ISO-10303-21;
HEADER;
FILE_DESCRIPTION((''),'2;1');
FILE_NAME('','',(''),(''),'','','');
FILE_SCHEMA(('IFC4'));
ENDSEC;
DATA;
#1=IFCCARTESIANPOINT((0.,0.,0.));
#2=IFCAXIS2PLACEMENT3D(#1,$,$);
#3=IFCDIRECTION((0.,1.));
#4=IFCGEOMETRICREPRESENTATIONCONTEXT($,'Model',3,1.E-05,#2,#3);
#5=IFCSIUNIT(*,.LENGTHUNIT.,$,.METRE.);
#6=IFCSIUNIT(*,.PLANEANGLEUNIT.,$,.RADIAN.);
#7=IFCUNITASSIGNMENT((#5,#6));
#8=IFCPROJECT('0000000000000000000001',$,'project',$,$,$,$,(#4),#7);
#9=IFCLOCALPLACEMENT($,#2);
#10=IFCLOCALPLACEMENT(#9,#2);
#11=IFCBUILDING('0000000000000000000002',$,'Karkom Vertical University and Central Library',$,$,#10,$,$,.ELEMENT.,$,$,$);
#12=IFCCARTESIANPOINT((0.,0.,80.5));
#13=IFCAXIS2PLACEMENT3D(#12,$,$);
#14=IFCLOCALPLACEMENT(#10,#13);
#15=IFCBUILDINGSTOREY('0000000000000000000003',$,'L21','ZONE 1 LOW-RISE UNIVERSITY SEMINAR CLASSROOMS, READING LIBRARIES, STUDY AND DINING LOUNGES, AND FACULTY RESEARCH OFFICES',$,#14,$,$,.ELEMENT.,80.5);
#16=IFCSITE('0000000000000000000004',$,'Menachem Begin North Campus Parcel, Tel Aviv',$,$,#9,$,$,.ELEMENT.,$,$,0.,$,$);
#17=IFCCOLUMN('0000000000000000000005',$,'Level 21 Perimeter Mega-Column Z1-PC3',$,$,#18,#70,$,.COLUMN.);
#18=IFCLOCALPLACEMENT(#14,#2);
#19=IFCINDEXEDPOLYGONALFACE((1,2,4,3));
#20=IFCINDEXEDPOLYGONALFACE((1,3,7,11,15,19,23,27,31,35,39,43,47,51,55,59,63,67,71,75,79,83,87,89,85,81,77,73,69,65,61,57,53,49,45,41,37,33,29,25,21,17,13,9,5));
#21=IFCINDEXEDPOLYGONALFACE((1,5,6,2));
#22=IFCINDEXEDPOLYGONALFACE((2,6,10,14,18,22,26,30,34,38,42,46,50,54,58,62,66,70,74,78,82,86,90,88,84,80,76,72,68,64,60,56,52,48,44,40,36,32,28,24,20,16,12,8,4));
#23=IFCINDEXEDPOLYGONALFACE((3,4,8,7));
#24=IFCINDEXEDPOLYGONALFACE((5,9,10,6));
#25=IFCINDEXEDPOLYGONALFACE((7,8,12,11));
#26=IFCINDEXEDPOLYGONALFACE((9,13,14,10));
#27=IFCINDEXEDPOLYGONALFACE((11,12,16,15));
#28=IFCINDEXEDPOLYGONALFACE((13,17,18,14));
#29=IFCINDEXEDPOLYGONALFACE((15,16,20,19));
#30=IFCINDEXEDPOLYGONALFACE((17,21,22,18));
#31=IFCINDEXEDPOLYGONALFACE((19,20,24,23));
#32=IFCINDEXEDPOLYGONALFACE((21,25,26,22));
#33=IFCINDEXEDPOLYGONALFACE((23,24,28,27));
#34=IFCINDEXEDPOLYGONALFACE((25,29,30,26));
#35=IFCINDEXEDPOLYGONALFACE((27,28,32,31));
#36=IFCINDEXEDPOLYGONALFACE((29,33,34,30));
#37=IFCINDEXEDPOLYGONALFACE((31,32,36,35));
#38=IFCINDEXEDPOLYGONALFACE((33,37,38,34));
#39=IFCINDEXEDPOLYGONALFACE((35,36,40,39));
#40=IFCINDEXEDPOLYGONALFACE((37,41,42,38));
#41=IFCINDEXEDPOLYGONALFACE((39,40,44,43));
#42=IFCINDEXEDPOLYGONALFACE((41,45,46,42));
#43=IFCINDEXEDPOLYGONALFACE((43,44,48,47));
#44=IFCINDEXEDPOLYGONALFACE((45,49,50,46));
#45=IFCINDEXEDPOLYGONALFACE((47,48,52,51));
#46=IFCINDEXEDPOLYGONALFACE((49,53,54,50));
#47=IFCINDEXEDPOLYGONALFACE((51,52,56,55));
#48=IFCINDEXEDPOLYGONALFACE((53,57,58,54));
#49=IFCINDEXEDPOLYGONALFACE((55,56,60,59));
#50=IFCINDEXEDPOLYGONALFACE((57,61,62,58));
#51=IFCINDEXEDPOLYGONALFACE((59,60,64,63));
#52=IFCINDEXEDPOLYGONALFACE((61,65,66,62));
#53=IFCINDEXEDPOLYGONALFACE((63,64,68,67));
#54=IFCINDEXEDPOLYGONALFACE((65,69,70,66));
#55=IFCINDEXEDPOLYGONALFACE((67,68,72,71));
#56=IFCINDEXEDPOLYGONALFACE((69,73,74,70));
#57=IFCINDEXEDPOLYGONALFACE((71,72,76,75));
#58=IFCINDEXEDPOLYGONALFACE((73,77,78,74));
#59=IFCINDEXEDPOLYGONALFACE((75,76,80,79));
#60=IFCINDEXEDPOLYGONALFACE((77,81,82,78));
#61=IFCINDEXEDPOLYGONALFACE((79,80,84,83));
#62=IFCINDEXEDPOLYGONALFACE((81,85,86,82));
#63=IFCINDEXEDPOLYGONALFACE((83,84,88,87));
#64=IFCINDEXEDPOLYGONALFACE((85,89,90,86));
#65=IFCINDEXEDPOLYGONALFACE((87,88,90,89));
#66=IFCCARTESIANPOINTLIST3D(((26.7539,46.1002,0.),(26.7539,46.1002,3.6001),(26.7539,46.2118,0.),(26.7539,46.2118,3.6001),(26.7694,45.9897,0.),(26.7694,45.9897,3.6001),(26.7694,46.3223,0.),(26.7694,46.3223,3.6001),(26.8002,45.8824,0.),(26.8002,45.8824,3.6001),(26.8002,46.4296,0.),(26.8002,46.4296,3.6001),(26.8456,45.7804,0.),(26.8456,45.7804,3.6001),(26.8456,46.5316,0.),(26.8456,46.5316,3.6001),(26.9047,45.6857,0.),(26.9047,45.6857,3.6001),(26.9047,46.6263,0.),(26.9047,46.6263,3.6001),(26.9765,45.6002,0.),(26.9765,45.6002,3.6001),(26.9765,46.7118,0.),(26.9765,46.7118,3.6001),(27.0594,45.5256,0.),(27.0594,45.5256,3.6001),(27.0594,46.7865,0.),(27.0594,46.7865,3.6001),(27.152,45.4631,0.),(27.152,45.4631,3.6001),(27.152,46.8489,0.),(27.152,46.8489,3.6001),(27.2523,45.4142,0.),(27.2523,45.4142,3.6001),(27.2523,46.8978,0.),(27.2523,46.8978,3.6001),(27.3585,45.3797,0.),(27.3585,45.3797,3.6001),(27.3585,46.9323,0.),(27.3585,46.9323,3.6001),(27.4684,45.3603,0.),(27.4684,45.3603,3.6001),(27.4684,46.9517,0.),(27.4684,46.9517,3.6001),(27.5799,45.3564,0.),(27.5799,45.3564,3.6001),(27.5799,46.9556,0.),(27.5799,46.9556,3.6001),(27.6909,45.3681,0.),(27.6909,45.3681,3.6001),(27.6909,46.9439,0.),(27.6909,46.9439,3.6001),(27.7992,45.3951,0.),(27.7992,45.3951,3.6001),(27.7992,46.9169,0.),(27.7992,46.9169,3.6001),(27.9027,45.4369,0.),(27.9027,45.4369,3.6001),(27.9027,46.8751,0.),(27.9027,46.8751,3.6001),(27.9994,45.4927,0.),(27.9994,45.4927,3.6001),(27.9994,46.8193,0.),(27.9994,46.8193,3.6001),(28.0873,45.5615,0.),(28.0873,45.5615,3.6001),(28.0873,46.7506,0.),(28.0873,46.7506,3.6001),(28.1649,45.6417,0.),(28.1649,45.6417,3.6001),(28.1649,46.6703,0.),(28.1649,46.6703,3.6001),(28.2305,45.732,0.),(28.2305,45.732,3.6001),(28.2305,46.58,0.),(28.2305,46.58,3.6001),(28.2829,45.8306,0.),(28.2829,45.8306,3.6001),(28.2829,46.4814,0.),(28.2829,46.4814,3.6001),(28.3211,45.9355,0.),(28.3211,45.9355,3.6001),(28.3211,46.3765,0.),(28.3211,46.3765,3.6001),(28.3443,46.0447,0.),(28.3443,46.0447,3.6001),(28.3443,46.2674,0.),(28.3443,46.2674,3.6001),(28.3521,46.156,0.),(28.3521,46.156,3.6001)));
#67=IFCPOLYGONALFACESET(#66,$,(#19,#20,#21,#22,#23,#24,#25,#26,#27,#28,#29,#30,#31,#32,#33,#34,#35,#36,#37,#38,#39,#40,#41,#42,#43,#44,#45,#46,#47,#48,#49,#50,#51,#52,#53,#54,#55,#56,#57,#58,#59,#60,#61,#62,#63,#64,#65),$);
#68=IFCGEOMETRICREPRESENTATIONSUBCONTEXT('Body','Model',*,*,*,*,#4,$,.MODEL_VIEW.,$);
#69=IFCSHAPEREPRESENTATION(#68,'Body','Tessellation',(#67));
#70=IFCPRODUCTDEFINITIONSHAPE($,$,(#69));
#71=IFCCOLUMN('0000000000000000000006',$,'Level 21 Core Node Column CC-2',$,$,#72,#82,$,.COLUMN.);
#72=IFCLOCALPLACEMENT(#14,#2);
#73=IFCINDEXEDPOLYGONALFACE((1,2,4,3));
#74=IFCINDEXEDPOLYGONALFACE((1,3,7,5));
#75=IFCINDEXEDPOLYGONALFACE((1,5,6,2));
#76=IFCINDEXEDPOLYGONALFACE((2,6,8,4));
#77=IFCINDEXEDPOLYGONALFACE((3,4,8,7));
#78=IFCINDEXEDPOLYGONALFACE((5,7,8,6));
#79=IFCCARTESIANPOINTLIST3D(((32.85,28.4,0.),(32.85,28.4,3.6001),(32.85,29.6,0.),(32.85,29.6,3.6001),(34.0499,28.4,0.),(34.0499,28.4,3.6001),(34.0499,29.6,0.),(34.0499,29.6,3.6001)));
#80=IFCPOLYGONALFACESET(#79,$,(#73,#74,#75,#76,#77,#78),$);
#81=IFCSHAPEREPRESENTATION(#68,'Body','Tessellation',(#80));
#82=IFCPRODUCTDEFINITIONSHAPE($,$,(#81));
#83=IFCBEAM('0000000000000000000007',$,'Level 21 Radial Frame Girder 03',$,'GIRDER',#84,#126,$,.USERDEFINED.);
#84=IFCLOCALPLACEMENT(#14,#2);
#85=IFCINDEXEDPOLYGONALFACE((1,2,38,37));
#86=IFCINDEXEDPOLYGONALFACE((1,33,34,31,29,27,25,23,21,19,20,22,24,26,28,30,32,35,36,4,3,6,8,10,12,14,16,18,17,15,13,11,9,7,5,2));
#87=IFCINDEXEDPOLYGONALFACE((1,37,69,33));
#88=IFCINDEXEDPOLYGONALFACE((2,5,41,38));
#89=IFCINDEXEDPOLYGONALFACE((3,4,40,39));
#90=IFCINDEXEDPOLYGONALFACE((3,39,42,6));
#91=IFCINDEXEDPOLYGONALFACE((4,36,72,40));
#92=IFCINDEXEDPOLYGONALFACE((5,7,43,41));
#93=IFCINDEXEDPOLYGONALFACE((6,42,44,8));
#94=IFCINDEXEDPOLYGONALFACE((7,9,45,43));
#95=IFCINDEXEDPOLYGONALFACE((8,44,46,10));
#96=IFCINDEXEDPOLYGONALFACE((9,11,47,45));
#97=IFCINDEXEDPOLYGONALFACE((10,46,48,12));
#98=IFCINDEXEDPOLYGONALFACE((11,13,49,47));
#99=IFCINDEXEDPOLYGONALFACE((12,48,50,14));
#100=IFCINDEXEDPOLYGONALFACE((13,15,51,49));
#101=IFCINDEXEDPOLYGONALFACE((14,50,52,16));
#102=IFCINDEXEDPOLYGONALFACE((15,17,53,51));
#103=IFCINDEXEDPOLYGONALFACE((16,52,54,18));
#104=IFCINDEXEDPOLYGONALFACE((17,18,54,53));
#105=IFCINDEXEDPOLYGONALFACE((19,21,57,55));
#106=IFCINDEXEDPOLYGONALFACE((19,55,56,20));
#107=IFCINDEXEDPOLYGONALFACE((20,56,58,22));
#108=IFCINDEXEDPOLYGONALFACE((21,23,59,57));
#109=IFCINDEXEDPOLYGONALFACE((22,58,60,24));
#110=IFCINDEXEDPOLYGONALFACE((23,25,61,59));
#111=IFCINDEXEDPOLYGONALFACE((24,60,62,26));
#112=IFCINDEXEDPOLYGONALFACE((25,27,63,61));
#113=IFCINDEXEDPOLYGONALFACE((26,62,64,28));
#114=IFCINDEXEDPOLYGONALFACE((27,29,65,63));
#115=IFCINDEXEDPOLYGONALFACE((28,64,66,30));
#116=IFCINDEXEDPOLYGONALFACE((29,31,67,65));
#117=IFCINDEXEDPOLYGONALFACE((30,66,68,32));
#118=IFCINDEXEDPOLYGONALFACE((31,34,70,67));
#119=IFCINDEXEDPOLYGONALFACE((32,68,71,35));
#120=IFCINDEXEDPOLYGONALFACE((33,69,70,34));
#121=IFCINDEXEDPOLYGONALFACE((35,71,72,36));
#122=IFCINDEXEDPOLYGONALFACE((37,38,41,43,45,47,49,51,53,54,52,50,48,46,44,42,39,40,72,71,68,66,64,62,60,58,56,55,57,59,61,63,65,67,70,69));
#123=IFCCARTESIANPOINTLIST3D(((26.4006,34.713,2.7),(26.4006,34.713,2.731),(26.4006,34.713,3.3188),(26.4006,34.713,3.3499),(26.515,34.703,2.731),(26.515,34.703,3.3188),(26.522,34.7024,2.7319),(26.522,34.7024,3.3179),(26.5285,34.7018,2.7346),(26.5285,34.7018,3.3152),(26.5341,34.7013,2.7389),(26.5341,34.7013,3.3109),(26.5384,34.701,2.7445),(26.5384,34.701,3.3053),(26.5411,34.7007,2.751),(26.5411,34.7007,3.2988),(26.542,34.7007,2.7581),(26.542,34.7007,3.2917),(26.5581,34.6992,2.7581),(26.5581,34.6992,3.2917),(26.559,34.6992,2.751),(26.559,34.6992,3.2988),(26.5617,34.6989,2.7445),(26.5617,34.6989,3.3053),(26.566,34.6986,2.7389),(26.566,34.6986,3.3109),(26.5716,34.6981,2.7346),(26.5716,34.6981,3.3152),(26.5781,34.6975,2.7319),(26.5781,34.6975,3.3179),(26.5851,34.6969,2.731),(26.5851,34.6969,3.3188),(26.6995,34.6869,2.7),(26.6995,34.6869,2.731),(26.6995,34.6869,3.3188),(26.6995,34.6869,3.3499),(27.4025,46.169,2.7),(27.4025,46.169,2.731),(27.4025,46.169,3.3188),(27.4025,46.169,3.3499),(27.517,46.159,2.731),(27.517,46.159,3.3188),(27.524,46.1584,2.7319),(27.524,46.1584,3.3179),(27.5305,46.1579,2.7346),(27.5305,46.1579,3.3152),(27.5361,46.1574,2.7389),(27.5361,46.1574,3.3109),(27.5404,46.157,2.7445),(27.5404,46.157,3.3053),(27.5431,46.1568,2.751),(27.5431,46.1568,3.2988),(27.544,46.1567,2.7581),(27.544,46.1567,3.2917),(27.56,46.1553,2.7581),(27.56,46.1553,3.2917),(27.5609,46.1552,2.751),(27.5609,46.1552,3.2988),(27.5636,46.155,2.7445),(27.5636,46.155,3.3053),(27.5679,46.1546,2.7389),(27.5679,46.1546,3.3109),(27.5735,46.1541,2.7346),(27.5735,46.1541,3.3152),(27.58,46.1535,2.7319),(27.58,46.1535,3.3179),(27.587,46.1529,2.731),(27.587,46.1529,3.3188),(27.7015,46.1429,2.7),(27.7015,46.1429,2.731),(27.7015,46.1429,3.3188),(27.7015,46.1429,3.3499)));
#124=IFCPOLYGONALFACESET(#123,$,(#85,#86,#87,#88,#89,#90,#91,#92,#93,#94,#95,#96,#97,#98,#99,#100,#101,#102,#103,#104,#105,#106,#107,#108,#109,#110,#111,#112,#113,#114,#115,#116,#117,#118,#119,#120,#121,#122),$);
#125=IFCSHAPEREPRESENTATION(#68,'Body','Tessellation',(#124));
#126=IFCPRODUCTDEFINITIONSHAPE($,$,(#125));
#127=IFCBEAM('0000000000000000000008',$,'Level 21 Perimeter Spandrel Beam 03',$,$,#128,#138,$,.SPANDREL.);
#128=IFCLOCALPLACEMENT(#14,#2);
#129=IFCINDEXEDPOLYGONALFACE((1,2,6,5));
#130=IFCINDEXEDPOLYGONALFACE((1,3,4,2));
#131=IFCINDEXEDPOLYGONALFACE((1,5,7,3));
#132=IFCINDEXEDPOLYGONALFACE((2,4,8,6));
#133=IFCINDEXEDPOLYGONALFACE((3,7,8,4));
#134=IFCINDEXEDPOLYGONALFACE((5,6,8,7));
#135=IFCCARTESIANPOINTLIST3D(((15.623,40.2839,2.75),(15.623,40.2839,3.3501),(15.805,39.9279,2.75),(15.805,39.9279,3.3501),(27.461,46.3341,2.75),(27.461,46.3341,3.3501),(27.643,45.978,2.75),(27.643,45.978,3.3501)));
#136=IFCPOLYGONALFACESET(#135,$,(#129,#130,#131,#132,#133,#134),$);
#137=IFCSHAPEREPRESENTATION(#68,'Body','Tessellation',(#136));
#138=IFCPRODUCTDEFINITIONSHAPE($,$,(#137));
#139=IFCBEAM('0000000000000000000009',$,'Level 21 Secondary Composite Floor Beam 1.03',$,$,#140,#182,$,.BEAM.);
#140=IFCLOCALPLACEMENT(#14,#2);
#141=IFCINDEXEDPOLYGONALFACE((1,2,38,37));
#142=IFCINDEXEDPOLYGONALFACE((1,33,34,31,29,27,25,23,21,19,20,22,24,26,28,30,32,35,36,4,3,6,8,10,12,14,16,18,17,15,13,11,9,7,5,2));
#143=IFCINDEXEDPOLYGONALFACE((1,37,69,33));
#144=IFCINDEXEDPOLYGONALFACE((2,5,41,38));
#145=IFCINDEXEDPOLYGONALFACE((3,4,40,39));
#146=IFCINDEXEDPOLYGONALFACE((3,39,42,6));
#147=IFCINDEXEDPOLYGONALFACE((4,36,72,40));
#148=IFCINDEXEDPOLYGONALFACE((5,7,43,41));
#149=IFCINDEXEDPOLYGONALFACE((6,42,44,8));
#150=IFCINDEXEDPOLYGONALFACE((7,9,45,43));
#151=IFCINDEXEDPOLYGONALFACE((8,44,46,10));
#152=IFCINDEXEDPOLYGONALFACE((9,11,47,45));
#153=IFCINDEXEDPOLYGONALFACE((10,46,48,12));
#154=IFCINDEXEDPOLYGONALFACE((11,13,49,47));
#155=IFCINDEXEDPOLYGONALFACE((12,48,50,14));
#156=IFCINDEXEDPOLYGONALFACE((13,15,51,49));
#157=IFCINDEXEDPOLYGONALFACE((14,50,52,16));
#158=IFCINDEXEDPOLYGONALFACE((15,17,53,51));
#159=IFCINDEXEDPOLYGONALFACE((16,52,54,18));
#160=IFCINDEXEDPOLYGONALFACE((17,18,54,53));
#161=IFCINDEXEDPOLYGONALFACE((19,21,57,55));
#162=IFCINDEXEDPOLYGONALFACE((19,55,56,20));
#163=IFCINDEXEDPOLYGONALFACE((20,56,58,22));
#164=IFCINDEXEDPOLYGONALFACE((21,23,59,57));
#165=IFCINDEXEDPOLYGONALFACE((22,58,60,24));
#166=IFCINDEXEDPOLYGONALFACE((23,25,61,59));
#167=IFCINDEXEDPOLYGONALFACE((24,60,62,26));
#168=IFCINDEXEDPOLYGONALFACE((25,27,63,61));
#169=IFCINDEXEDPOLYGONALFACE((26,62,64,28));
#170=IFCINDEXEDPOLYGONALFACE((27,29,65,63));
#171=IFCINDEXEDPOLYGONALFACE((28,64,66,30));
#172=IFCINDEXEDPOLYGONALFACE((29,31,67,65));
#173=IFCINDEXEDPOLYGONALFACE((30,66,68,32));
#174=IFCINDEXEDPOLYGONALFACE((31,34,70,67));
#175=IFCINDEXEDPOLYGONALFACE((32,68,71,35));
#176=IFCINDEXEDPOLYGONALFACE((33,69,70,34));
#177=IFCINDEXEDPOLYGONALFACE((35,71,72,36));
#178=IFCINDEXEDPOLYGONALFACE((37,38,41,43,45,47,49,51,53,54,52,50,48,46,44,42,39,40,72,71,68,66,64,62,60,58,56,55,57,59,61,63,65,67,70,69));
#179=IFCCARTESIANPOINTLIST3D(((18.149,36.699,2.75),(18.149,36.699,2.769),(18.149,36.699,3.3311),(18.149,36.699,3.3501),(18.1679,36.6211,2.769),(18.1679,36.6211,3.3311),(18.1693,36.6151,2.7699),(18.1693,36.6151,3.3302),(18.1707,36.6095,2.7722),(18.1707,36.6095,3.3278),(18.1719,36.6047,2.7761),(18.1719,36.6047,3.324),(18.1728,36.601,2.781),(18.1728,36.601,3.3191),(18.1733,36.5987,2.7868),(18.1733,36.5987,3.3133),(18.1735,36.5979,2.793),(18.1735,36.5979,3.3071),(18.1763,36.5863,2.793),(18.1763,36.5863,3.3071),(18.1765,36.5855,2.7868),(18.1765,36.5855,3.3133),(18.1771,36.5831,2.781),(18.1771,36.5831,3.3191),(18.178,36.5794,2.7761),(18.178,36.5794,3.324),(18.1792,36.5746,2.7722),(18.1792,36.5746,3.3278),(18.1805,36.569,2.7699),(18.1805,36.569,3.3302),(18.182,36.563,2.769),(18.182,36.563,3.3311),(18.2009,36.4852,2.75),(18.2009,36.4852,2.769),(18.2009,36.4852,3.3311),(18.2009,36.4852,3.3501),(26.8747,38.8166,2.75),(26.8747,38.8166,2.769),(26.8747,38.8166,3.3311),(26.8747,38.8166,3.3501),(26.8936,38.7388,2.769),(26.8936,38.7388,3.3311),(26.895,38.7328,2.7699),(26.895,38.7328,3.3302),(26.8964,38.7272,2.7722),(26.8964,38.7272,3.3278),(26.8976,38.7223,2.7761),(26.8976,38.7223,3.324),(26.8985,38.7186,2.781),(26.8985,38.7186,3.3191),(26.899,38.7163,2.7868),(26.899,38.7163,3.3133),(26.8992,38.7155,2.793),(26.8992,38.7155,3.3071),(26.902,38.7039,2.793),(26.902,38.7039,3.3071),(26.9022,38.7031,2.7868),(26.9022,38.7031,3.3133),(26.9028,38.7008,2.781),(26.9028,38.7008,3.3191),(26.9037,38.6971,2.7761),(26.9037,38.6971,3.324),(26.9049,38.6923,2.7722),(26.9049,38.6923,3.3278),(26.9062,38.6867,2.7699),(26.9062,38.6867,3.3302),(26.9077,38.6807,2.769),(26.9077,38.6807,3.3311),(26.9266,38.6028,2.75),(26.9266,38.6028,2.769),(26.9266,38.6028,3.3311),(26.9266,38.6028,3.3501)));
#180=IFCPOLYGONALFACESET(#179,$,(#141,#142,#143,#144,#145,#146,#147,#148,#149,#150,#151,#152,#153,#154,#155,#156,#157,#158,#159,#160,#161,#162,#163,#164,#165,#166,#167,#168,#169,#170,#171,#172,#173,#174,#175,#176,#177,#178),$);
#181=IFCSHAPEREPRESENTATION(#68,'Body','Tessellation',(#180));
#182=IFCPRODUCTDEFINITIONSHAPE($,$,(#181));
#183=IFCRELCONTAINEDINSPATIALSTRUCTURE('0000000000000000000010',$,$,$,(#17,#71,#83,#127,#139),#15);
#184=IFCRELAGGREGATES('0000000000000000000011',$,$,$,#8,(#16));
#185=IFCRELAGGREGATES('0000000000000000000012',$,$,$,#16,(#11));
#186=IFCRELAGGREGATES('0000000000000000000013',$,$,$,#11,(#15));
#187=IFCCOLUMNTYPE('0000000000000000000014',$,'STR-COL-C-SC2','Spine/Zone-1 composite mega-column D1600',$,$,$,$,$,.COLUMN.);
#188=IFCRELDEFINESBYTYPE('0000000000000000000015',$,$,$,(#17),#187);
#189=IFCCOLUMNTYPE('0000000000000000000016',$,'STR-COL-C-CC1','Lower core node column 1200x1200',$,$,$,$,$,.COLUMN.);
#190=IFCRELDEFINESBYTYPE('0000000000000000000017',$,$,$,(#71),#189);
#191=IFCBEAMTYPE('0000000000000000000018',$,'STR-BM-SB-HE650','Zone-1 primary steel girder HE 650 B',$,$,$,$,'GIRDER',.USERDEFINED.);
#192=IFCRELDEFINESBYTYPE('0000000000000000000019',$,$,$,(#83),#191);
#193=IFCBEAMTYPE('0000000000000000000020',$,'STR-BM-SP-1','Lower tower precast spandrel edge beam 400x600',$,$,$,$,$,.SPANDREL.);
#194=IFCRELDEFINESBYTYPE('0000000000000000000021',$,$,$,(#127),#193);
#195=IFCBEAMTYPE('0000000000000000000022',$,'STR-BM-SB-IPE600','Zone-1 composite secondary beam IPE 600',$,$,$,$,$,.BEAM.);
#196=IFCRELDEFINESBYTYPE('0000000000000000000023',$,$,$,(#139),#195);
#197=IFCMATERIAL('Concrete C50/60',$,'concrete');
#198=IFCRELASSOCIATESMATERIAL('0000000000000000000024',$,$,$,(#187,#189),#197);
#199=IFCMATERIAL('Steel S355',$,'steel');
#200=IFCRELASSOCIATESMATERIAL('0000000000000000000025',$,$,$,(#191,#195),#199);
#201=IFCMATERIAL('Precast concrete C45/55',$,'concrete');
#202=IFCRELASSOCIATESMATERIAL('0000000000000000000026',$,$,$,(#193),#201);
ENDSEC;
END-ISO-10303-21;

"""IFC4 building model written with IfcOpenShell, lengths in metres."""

from ifc_helpers import new_model, si_unit, direction, frame, origin, origin_with_axes, origin_2d, place, context, subcontext, project, spatial, rectangle, circle, i_section, extrude, source, transform, mapped, material, material_profile, profile_set, type_object, element, save


model = new_model("IFC4")

# Units and contexts
model_context = context("Model", 3, precision=1e-05, world=origin(), true_north=direction((0.0, 1.0)))
body_context = subcontext(model_context, "Body", "Model", "MODEL_VIEW")
ifc_project = project(units=[si_unit("LENGTHUNIT", "METRE"), si_unit("PLANEANGLEUNIT", "RADIAN")], contexts=[model_context])

# Site, building, storey
site_placement = place(None, origin())
site = spatial("IfcSite", under=ifc_project, at=site_placement, Name="Menachem Begin North Campus Parcel, Tel Aviv", CompositionType="ELEMENT", RefElevation=0.0)
building_placement = place(site_placement, origin())
building = spatial("IfcBuilding", under=site, at=building_placement, Name="Karkom Vertical University and Central Library", CompositionType="ELEMENT")
storey_placement = place(building_placement, frame((0.0, 0.0, 80.5)))
storey = spatial("IfcBuildingStorey", under=building, at=storey_placement, Name="L21", Description="ZONE 1 LOW-RISE UNIVERSITY SEMINAR CLASSROOMS, READING LIBRARIES, STUDY AND DINING LOUNGES, AND FACULTY RESEARCH OFFICES", CompositionType="ELEMENT", Elevation=80.5)

# Columns
ifc_material_1 = material(Name="Concrete C50/60", Category="concrete")
ifc_material_profile_1 = material_profile(ifc_material_1, circle(Radius=0.8, at=origin_2d()), Name="CFT-D1600")
ifc_profile_set_1 = profile_set([ifc_material_profile_1], Name="Concrete C50/60")
column_type_1 = type_object("IfcColumnType", Name="STR-COL-C-SC2", Description="Spine/Zone-1 composite mega-column D1600", PredefinedType="COLUMN", material=ifc_profile_set_1)
shared_shape_1 = source(origin_with_axes(), body_context, "Body", "SweptSolid", [
    extrude(circle(Radius=0.8, at=origin_2d()), origin(), (0.0, 0.0, 1.0), 3.6001),
])
column_1_placement = place(storey_placement, frame((27.552, 46.156, 0.0), z_axis=(0.0, 0.0, 1.0), x_axis=(1.0, 0.0, 0.0)))
element("IfcColumn", 1, at=column_1_placement, inside=storey, type_object=column_type_1, Name="Level 21 Perimeter Mega-Column Z1-PC3", PredefinedType="COLUMN", context=body_context, shape_type="MappedRepresentation", body=[
    mapped(shared_shape_1, transform((0.0, 0.0, 0.0), scale=1.0)),
])
ifc_material_profile_2 = material_profile(ifc_material_1, rectangle(XDim=1.2, YDim=1.2, at=origin_2d()), Name="RC-1200x1200")
ifc_profile_set_2 = profile_set([ifc_material_profile_2], Name="Concrete C50/60")
column_type_2 = type_object("IfcColumnType", Name="STR-COL-C-CC1", Description="Lower core node column 1200x1200", PredefinedType="COLUMN", material=ifc_profile_set_2)
shared_shape_2 = source(origin_with_axes(), body_context, "Body", "SweptSolid", [
    extrude(rectangle(XDim=1.2, YDim=1.2, at=origin_2d()), origin(), (0.0, 0.0, 1.0), 3.6001),
])
column_2_placement = place(storey_placement, frame((33.45, 29.0, 0.0), z_axis=(0.0, 0.0, 1.0), x_axis=(1.0, 0.0, 0.0)))
element("IfcColumn", 2, at=column_2_placement, inside=storey, type_object=column_type_2, Name="Level 21 Core Node Column CC-2", PredefinedType="COLUMN", context=body_context, shape_type="MappedRepresentation", body=[
    mapped(shared_shape_2, transform((0.0, 0.0, 0.0), scale=1.0)),
])

# Beams
ifc_material_2 = material(Name="Steel S355", Category="steel")
ifc_material_profile_3 = material_profile(ifc_material_2, i_section(OverallWidth=0.3, OverallDepth=0.6499, WebThickness=0.0161, FlangeThickness=0.031, FilletRadius=0.0271, at=origin_2d()), Name="HE 650 B")
ifc_profile_set_3 = profile_set([ifc_material_profile_3], Name="Steel S355")
beam_type_1 = type_object("IfcBeamType", Name="STR-BM-SB-HE650", Description="Zone-1 primary steel girder HE 650 B", ElementType="GIRDER", PredefinedType="USERDEFINED", material=ifc_profile_set_3)
shared_shape_3 = source(origin_with_axes(), body_context, "Body", "SweptSolid", [
    extrude(i_section(OverallWidth=0.3, OverallDepth=0.6499, WebThickness=0.0161, FlangeThickness=0.031, FilletRadius=0.0271, at=origin_2d()), origin(), (0.0, 0.0, 1.0), 11.4998),
])
beam_1_placement = place(storey_placement, frame((26.55, 34.7, 3.0249), z_axis=(0.087128, 0.996197, 0.0), x_axis=(-0.996197, 0.087128, 0.0)))
element("IfcBeam", 3, at=beam_1_placement, inside=storey, type_object=beam_type_1, Name="Level 21 Radial Frame Girder 03", ObjectType="GIRDER", PredefinedType="USERDEFINED", context=body_context, shape_type="MappedRepresentation", body=[
    mapped(shared_shape_3, transform((0.0, 0.0, 0.0), scale=1.0)),
])
ifc_material_3 = material(Name="Precast concrete C45/55", Category="concrete")
ifc_material_profile_4 = material_profile(ifc_material_3, rectangle(XDim=0.3999, YDim=0.6001, at=origin_2d()), Name="SPB-400x600")
ifc_profile_set_4 = profile_set([ifc_material_profile_4], Name="Precast concrete C45/55")
beam_type_2 = type_object("IfcBeamType", Name="STR-BM-SP-1", Description="Lower tower precast spandrel edge beam 400x600", PredefinedType="SPANDREL", material=ifc_profile_set_4)
shared_shape_4 = source(origin_with_axes(), body_context, "Body", "SweptSolid", [
    extrude(rectangle(XDim=0.3999, YDim=0.6001, at=origin_2d()), origin(), (0.0, 0.0, 1.0), 13.2944),
])
beam_2_placement = place(storey_placement, frame((27.552, 46.156, 3.05), z_axis=(-0.890448, -0.455085, 0.0), x_axis=(0.455085, -0.890448, 0.0)))
element("IfcBeam", 4, at=beam_2_placement, inside=storey, type_object=beam_type_2, Name="Level 21 Perimeter Spandrel Beam 03", PredefinedType="SPANDREL", context=body_context, shape_type="MappedRepresentation", body=[
    mapped(shared_shape_4, transform((0.0, 0.0, 0.0), scale=1.0)),
])
ifc_material_profile_5 = material_profile(ifc_material_2, i_section(OverallWidth=0.22, OverallDepth=0.6001, WebThickness=0.012, FlangeThickness=0.019, FilletRadius=0.0239, at=origin_2d()), Name="IPE 600")
ifc_profile_set_5 = profile_set([ifc_material_profile_5], Name="Steel S355")
beam_type_3 = type_object("IfcBeamType", Name="STR-BM-SB-IPE600", Description="Zone-1 composite secondary beam IPE 600", PredefinedType="BEAM", material=ifc_profile_set_5)
shared_shape_5 = source(origin_with_axes(), body_context, "Body", "SweptSolid", [
    extrude(i_section(OverallWidth=0.22, OverallDepth=0.6001, WebThickness=0.012, FlangeThickness=0.019, FilletRadius=0.0239, at=origin_2d()), origin(), (0.0, 0.0, 1.0), 8.979),
])
beam_3_placement = place(storey_placement, frame((26.9006, 38.7097, 3.05), z_axis=(-0.971791, -0.235844, 0.0), x_axis=(0.235844, -0.971791, 0.0)))
element("IfcBeam", 5, at=beam_3_placement, inside=storey, type_object=beam_type_3, Name="Level 21 Secondary Composite Floor Beam 1.03", PredefinedType="BEAM", context=body_context, shape_type="MappedRepresentation", body=[
    mapped(shared_shape_5, transform((0.0, 0.0, 0.0), scale=1.0)),
])

save(model, "model.ifc")
